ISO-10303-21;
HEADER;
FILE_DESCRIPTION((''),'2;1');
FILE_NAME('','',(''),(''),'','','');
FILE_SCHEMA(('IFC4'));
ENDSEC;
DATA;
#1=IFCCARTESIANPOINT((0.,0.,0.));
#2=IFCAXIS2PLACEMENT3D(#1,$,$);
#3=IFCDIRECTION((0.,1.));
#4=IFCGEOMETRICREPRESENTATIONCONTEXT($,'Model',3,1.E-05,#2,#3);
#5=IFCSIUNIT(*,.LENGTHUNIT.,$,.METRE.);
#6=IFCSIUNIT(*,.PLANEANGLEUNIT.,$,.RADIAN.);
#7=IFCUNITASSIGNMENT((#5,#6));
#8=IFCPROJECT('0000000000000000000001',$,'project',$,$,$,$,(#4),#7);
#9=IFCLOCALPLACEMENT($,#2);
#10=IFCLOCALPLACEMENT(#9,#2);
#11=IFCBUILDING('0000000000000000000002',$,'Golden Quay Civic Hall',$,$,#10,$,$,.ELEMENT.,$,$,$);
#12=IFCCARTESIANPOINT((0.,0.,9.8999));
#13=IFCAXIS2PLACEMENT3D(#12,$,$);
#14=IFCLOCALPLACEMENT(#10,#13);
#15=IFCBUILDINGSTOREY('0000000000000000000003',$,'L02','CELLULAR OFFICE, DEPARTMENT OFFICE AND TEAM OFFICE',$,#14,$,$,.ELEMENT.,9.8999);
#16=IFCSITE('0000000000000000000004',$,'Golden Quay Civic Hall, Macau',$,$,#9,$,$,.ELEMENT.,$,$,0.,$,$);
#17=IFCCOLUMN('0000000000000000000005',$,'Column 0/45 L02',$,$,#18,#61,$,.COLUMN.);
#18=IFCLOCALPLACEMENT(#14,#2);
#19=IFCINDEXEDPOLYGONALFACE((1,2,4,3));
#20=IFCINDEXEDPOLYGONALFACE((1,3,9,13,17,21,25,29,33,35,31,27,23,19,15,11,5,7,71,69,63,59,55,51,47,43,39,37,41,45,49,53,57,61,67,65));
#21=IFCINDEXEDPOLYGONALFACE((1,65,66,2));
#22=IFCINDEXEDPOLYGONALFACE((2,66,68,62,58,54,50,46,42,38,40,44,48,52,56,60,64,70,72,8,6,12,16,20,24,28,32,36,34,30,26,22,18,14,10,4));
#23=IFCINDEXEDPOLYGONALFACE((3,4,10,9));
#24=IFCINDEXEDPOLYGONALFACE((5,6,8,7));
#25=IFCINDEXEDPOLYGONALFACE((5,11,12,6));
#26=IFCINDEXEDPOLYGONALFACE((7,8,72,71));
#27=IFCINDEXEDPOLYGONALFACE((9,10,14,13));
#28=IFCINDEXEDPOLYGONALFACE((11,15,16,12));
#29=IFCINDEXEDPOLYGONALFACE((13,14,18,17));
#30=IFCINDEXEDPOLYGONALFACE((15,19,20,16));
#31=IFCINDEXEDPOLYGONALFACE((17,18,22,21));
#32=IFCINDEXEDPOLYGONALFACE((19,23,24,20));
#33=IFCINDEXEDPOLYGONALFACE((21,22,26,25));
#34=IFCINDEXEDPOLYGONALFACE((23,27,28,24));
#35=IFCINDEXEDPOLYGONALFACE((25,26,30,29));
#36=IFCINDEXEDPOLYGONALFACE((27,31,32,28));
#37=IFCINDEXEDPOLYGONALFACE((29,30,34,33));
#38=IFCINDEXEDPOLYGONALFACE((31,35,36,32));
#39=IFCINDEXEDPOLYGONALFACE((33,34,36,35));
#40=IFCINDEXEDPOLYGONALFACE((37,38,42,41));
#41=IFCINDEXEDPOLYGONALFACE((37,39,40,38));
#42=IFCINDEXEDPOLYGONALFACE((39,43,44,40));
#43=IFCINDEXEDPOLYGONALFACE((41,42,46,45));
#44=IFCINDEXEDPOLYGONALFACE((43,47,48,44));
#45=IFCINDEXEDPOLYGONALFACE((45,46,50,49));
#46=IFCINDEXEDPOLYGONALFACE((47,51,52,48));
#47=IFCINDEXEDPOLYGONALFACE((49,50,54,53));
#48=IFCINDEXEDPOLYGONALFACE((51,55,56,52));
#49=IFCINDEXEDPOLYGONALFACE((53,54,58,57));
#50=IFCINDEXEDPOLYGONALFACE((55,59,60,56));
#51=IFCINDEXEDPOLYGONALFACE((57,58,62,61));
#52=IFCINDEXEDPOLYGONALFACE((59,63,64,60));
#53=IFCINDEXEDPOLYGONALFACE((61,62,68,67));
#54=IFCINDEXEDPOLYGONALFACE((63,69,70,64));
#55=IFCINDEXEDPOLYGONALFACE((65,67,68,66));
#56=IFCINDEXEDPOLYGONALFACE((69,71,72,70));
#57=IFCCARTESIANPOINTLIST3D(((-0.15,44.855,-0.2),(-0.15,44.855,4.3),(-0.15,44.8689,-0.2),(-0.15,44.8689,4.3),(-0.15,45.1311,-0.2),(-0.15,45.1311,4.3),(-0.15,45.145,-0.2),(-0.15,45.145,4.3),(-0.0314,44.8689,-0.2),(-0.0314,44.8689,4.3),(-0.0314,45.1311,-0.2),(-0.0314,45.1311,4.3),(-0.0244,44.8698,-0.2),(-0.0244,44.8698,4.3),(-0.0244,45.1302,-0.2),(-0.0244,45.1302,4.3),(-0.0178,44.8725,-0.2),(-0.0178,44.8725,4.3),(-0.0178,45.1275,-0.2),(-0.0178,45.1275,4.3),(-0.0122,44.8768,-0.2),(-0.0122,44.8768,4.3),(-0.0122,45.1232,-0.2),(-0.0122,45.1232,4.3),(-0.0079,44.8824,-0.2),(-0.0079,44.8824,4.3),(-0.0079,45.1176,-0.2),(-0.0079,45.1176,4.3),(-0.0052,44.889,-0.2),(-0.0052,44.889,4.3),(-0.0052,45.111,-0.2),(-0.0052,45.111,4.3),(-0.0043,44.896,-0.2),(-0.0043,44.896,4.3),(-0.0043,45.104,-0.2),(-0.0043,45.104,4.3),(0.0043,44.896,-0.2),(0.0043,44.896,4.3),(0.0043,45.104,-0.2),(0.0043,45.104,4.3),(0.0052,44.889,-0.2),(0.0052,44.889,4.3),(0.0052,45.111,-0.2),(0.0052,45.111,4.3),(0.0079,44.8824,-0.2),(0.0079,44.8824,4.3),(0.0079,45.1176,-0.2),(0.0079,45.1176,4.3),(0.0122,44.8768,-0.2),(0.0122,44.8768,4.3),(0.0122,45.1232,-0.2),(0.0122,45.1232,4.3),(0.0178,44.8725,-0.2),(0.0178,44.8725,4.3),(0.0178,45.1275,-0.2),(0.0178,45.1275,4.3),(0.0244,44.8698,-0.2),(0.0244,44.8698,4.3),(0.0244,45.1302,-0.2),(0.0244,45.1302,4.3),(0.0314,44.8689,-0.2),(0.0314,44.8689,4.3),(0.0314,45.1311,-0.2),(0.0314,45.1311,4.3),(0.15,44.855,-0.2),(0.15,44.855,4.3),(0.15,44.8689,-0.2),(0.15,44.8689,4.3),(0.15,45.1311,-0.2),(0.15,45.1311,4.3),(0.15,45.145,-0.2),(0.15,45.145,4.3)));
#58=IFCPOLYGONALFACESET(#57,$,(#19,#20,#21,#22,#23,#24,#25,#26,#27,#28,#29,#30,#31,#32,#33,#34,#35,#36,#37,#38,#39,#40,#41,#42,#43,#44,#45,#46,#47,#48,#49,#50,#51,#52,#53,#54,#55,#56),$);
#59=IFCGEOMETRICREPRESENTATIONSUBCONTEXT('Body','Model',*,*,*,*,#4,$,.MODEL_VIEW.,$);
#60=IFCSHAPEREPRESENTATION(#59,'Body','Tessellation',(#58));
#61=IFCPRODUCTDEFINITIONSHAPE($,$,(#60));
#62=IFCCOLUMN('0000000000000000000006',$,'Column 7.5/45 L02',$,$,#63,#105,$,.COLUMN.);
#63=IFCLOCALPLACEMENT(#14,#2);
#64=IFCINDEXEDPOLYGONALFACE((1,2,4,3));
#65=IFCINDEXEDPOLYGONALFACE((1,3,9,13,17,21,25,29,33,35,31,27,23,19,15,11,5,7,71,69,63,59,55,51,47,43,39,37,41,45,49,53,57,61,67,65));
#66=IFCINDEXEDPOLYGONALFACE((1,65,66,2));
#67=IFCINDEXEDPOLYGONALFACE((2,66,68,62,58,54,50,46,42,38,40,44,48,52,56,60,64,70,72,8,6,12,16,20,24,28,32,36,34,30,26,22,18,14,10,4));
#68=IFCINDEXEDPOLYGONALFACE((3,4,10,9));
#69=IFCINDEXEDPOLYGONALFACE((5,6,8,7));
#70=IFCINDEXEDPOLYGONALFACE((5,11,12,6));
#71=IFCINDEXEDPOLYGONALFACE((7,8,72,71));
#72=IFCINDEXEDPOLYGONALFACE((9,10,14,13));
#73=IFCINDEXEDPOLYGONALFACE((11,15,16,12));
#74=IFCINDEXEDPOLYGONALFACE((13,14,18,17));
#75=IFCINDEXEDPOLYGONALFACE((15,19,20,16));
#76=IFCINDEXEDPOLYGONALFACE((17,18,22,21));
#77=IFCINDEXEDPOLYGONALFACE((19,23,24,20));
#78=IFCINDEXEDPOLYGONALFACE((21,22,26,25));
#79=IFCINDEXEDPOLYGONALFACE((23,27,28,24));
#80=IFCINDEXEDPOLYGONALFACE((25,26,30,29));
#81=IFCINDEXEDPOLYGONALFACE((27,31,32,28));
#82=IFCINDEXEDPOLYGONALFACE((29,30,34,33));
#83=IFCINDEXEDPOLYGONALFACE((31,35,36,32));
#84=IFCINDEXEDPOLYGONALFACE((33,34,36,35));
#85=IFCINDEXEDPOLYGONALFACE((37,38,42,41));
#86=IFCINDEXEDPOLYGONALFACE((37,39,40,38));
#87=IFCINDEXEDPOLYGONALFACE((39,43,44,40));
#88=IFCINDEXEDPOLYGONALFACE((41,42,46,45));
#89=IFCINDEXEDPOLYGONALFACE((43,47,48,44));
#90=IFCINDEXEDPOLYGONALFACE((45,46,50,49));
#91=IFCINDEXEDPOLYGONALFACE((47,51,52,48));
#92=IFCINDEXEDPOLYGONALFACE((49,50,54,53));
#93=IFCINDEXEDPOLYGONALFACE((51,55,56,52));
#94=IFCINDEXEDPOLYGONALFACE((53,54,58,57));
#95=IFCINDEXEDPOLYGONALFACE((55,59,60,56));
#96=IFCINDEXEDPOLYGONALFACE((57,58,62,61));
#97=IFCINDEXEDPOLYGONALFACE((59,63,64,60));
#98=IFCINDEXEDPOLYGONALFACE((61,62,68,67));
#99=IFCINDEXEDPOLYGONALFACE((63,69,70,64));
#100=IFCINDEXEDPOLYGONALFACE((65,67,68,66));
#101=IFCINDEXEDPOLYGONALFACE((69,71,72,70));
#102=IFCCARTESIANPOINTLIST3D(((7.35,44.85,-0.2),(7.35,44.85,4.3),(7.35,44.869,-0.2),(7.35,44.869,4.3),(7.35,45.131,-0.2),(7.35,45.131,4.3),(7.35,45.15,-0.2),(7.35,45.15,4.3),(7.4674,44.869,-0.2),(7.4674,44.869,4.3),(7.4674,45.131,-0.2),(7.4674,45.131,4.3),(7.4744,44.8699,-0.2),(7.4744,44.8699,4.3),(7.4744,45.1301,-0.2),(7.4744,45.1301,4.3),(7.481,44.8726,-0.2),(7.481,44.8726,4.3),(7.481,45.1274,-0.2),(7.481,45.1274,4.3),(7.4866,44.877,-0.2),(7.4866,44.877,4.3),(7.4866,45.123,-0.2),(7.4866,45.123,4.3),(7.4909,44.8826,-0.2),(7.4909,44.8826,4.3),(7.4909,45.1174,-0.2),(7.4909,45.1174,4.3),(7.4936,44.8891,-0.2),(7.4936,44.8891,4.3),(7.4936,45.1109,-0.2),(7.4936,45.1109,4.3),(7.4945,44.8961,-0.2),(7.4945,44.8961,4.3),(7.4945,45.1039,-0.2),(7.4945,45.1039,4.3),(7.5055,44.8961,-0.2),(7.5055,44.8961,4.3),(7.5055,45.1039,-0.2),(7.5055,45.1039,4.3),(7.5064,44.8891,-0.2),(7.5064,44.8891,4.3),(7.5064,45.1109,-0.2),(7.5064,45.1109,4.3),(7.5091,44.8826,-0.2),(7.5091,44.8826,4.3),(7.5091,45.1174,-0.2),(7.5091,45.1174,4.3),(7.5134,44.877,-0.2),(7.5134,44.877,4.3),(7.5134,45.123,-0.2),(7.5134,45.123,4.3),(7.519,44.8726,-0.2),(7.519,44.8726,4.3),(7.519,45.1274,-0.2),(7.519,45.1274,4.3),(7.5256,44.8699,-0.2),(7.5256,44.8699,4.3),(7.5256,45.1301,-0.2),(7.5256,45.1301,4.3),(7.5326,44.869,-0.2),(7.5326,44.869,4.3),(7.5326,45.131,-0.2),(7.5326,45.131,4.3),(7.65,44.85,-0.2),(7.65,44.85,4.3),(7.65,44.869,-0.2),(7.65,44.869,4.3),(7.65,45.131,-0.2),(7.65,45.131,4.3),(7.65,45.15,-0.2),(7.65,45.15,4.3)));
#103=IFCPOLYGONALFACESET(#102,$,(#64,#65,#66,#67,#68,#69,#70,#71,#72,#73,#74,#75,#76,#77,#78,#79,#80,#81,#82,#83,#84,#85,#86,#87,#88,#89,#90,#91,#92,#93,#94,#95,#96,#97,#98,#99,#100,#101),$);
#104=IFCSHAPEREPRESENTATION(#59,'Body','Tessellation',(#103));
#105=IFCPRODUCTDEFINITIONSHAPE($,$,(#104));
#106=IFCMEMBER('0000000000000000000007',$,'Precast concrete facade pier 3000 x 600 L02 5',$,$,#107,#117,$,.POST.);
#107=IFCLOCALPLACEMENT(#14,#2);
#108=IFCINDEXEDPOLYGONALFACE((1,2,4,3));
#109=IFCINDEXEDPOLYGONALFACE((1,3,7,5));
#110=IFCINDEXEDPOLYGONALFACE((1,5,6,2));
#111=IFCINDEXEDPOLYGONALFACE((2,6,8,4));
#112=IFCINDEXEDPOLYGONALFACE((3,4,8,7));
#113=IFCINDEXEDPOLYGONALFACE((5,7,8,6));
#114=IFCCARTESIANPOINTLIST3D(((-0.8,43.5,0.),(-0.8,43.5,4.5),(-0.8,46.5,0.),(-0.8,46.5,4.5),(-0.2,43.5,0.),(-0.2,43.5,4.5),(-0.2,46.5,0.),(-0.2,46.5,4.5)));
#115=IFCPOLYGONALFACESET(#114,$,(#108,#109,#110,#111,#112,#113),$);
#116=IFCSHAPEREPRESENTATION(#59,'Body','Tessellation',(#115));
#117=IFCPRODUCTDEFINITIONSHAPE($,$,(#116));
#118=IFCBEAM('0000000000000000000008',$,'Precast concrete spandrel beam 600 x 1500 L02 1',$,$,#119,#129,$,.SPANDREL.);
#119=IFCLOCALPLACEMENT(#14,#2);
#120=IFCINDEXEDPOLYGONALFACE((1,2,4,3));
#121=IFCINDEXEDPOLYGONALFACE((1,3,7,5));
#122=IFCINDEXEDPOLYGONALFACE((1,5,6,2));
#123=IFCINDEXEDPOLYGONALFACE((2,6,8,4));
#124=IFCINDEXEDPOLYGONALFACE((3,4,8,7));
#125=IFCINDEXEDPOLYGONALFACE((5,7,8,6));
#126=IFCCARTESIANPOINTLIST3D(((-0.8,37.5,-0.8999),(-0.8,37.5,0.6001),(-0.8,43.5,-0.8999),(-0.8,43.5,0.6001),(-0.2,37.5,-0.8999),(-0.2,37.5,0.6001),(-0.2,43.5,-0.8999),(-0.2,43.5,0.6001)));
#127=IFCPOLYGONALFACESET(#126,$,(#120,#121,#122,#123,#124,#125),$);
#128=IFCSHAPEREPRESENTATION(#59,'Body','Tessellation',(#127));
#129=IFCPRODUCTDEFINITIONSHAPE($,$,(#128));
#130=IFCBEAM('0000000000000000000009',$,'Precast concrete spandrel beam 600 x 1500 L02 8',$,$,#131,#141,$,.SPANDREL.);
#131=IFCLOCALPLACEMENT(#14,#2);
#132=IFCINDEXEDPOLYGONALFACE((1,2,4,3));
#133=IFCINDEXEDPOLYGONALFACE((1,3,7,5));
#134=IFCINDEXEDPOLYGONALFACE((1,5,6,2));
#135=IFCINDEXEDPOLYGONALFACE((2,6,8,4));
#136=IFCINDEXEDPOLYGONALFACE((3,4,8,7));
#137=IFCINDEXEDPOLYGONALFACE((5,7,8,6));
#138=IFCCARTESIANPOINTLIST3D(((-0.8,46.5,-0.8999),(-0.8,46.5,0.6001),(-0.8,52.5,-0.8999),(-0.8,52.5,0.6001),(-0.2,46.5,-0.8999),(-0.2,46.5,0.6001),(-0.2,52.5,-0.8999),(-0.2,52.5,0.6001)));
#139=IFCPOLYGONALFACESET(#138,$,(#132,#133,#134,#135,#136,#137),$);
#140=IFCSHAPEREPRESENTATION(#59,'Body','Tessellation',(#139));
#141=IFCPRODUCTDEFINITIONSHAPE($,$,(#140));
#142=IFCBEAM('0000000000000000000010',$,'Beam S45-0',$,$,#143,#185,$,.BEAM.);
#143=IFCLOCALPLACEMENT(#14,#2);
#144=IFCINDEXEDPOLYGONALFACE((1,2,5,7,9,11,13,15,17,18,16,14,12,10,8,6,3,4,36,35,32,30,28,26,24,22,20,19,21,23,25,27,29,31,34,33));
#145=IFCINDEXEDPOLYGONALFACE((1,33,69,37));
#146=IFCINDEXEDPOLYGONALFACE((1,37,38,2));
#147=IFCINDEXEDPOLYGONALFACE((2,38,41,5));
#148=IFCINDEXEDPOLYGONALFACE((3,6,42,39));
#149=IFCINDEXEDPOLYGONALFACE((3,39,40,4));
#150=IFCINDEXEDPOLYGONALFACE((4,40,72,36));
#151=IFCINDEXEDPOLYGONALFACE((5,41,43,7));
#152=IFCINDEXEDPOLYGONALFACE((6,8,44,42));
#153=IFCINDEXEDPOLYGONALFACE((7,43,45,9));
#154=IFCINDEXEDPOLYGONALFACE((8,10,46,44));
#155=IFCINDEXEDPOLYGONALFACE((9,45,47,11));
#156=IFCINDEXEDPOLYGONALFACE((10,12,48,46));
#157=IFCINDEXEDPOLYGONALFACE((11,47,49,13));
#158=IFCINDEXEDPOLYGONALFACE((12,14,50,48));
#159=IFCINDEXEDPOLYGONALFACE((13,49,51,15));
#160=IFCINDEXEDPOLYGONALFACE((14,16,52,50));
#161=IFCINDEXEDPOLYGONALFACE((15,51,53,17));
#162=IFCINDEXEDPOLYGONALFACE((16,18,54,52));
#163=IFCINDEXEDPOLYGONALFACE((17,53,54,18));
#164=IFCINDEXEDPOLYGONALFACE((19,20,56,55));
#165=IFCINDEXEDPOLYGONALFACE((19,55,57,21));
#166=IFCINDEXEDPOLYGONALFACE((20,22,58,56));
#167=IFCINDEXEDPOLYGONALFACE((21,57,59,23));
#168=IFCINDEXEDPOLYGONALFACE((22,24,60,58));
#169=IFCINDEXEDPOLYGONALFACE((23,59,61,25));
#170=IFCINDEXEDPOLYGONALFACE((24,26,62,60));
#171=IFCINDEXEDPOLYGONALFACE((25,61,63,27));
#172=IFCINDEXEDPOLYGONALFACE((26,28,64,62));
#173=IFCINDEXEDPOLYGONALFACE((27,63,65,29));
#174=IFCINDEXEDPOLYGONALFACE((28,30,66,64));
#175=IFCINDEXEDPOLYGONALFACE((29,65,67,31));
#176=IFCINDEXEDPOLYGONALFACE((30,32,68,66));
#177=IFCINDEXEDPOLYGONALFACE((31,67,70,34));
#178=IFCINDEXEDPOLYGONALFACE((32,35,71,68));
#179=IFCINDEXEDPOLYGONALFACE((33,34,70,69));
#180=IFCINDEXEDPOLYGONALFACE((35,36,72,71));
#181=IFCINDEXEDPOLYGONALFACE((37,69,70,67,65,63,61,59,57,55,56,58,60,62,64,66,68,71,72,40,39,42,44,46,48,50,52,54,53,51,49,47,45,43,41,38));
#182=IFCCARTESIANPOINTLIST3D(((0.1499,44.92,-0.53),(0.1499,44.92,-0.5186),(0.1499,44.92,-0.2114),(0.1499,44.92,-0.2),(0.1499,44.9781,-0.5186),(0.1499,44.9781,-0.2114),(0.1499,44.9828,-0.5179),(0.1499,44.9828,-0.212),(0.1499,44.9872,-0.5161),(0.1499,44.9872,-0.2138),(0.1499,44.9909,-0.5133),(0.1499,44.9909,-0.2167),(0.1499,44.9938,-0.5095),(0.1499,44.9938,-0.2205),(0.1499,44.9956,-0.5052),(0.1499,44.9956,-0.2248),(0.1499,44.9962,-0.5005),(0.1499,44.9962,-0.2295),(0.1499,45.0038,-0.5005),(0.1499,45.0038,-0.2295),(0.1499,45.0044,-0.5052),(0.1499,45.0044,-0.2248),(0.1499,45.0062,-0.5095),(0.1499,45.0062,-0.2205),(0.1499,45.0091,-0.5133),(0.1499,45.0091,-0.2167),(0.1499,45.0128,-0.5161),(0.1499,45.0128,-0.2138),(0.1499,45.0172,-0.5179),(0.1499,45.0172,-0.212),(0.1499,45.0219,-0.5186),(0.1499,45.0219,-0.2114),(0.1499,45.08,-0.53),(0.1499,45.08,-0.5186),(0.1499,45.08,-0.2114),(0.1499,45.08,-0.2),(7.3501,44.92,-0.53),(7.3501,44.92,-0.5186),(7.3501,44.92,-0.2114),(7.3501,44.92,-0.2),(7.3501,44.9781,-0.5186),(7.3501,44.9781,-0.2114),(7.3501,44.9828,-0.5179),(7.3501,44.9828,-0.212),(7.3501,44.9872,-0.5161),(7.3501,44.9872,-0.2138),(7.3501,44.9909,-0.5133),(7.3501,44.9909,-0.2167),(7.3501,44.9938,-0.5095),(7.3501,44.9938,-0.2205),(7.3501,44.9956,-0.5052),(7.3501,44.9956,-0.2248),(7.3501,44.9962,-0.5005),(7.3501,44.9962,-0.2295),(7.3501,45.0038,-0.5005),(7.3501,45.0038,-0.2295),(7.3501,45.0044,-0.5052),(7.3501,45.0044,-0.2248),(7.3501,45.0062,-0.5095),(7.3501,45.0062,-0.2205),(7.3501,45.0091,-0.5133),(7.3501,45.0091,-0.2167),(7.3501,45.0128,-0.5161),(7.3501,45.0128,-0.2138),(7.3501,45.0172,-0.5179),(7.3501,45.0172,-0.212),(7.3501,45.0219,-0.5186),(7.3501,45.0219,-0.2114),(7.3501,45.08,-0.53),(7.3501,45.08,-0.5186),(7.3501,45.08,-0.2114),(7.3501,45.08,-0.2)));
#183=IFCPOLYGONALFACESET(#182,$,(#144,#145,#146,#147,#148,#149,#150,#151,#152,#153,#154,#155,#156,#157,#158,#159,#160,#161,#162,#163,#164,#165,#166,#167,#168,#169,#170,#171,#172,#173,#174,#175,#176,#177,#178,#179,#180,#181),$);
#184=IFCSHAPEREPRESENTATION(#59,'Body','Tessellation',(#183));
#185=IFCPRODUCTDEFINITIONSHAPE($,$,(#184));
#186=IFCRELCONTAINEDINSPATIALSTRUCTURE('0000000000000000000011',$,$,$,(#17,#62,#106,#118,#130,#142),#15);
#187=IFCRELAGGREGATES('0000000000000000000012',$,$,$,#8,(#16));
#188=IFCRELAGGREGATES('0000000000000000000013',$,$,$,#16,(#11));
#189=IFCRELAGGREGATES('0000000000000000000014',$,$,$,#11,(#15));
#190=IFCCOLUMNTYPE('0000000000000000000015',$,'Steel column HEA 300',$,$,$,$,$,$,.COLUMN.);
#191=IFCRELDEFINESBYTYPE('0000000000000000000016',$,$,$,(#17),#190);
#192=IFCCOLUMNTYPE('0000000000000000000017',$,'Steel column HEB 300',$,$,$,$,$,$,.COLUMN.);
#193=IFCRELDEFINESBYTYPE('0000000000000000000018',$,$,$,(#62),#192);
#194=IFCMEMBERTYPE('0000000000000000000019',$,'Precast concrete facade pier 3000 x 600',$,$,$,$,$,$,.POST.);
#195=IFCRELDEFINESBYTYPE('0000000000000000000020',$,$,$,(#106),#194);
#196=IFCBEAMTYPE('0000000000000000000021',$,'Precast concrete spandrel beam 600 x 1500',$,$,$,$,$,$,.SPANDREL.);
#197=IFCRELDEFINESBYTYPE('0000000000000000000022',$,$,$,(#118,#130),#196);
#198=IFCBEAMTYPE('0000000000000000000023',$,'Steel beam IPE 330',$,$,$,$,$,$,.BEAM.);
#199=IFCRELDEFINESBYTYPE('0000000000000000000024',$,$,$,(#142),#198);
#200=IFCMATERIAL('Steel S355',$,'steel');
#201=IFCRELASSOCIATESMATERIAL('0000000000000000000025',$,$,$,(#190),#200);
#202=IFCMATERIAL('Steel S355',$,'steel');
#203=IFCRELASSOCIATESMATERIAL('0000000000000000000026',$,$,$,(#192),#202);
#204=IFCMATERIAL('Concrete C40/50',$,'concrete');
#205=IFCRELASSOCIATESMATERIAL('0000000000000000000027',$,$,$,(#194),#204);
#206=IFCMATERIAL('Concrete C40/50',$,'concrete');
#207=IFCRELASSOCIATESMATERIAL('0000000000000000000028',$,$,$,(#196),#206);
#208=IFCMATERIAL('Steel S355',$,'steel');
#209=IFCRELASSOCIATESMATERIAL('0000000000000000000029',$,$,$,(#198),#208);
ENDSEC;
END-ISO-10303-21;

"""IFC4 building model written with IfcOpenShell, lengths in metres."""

from ifc_helpers import new_model, si_unit, direction, frame, origin, origin_2d, place, context, subcontext, project, spatial, rectangle, i_section, extrude, material, material_profile, profile_set, type_object, element, save


model = new_model("IFC4")

# Units and contexts
model_context = context("Model", 3, precision=1e-05, world=origin(), true_north=direction((0.0, 1.0)))
body_context = subcontext(model_context, "Body", "Model", "MODEL_VIEW")
ifc_project = project(units=[si_unit("LENGTHUNIT", "METRE"), si_unit("PLANEANGLEUNIT", "RADIAN")], contexts=[model_context])

# Site, building, storey
site_placement = place(None, origin())
site = spatial("IfcSite", under=ifc_project, at=site_placement, Name="Golden Quay Civic Hall, Macau", CompositionType="ELEMENT", RefElevation=0.0)
building_placement = place(site_placement, origin())
building = spatial("IfcBuilding", under=site, at=building_placement, Name="Golden Quay Civic Hall", CompositionType="ELEMENT")
storey_placement = place(building_placement, frame((0.0, 0.0, 9.8999)))
storey = spatial("IfcBuildingStorey", under=building, at=storey_placement, Name="L02", Description="CELLULAR OFFICE, DEPARTMENT OFFICE AND TEAM OFFICE", CompositionType="ELEMENT", Elevation=9.8999)

# Columns
ifc_material_1 = material(Name="Steel S355", Category="steel")
ifc_material_profile_1 = material_profile(ifc_material_1, i_section(OverallWidth=0.3, OverallDepth=0.29, WebThickness=0.0085, FlangeThickness=0.0139, FilletRadius=0.0271, at=origin_2d()), Name="HEA 300")
ifc_profile_set_1 = profile_set([ifc_material_profile_1], Name="Steel S355")
column_type_1 = type_object("IfcColumnType", Name="Steel column HEA 300", PredefinedType="COLUMN", material=ifc_profile_set_1)
column_1_placement = place(storey_placement, frame((0.0, 45.0, -0.2), z_axis=(0.0, 0.0, 1.0), x_axis=(1.0, 0.0, 0.0)))
element("IfcColumn", 1, at=column_1_placement, inside=storey, type_object=column_type_1, Name="Column 0/45 L02", PredefinedType="COLUMN", context=body_context, shape_type="SweptSolid", body=[
    extrude(i_section(OverallWidth=0.3, OverallDepth=0.29, WebThickness=0.0085, FlangeThickness=0.0139, FilletRadius=0.0271, at=origin_2d()), origin(), (0.0, 0.0, 1.0), 4.5),
])
ifc_material_2 = material(Name="Steel S355", Category="steel")
ifc_material_profile_2 = material_profile(ifc_material_2, i_section(OverallWidth=0.3, OverallDepth=0.3, WebThickness=0.011, FlangeThickness=0.019, FilletRadius=0.0271, at=origin_2d()), Name="HEB 300")
ifc_profile_set_2 = profile_set([ifc_material_profile_2], Name="Steel S355")
column_type_2 = type_object("IfcColumnType", Name="Steel column HEB 300", PredefinedType="COLUMN", material=ifc_profile_set_2)
column_2_placement = place(storey_placement, frame((7.5, 45.0, -0.2), z_axis=(0.0, 0.0, 1.0), x_axis=(1.0, 0.0, 0.0)))
element("IfcColumn", 2, at=column_2_placement, inside=storey, type_object=column_type_2, Name="Column 7.5/45 L02", PredefinedType="COLUMN", context=body_context, shape_type="SweptSolid", body=[
    extrude(i_section(OverallWidth=0.3, OverallDepth=0.3, WebThickness=0.011, FlangeThickness=0.019, FilletRadius=0.0271, at=origin_2d()), origin(), (0.0, 0.0, 1.0), 4.5),
])

# Member
ifc_material_3 = material(Name="Concrete C40/50", Category="concrete")
ifc_material_profile_3 = material_profile(ifc_material_3, rectangle(XDim=3.0, YDim=0.6001, at=origin_2d()), Name="RC 3000x600")
ifc_profile_set_3 = profile_set([ifc_material_profile_3], Name="Concrete C40/50")
member_type = type_object("IfcMemberType", Name="Precast concrete facade pier 3000 x 600", PredefinedType="POST", material=ifc_profile_set_3)
member_placement = place(storey_placement, frame((-0.5, 45.0, 0.0), z_axis=(0.0, 0.0, 1.0), x_axis=(0.0, 1.0, 0.0)))
element("IfcMember", 3, at=member_placement, inside=storey, type_object=member_type, Name="Precast concrete facade pier 3000 x 600 L02 5", PredefinedType="POST", context=body_context, shape_type="SweptSolid", body=[
    extrude(rectangle(XDim=3.0, YDim=0.6001, at=origin_2d()), origin(), (0.0, 0.0, 1.0), 4.5),
])

# Beams
ifc_material_4 = material(Name="Concrete C40/50", Category="concrete")
ifc_material_profile_4 = material_profile(ifc_material_4, rectangle(XDim=0.6001, YDim=1.5, at=origin_2d()), Name="RC 600x1500")
ifc_profile_set_4 = profile_set([ifc_material_profile_4], Name="Concrete C40/50")
beam_type_1 = type_object("IfcBeamType", Name="Precast concrete spandrel beam 600 x 1500", PredefinedType="SPANDREL", material=ifc_profile_set_4)
for number, where, z_axis, x_axis, name in (
    (4, (-0.5, 37.5, -0.1499), (0.0, 1.0, 0.0), (-1.0, 0.0, 0.0), "Precast concrete spandrel beam 600 x 1500 L02 1"),
    (5, (-0.5, 46.5, -0.1499), (0.0, 1.0, 0.0), (-1.0, 0.0, 0.0), "Precast concrete spandrel beam 600 x 1500 L02 8"),
):
    element("IfcBeam", number, at=place(storey_placement, frame(where, z_axis=z_axis, x_axis=x_axis)), inside=storey, type_object=beam_type_1, Name=name, PredefinedType="SPANDREL", context=body_context, shape_type="SweptSolid", body=[
        extrude(rectangle(XDim=0.6001, YDim=1.5, at=origin_2d()), origin(), (0.0, 0.0, 1.0), 6.0),
    ])
ifc_material_5 = material(Name="Steel S355", Category="steel")
ifc_material_profile_5 = material_profile(ifc_material_5, i_section(OverallWidth=0.1599, OverallDepth=0.3301, WebThickness=0.0076, FlangeThickness=0.0115, FilletRadius=0.0181, at=origin_2d()), Name="IPE 330")
ifc_profile_set_5 = profile_set([ifc_material_profile_5], Name="Steel S355")
beam_type_2 = type_object("IfcBeamType", Name="Steel beam IPE 330", PredefinedType="BEAM", material=ifc_profile_set_5)
beam_1_placement = place(storey_placement, frame((0.1499, 45.0, -0.365), z_axis=(1.0, 0.0, 0.0), x_axis=(0.0, 1.0, 0.0)))
element("IfcBeam", 6, at=beam_1_placement, inside=storey, type_object=beam_type_2, Name="Beam S45-0", PredefinedType="BEAM", context=body_context, shape_type="SweptSolid", body=[
    extrude(i_section(OverallWidth=0.1599, OverallDepth=0.3301, WebThickness=0.0076, FlangeThickness=0.0115, FilletRadius=0.0181, at=origin_2d()), origin(), (0.0, 0.0, 1.0), 7.2002),
])

save(model, "model.ifc")
